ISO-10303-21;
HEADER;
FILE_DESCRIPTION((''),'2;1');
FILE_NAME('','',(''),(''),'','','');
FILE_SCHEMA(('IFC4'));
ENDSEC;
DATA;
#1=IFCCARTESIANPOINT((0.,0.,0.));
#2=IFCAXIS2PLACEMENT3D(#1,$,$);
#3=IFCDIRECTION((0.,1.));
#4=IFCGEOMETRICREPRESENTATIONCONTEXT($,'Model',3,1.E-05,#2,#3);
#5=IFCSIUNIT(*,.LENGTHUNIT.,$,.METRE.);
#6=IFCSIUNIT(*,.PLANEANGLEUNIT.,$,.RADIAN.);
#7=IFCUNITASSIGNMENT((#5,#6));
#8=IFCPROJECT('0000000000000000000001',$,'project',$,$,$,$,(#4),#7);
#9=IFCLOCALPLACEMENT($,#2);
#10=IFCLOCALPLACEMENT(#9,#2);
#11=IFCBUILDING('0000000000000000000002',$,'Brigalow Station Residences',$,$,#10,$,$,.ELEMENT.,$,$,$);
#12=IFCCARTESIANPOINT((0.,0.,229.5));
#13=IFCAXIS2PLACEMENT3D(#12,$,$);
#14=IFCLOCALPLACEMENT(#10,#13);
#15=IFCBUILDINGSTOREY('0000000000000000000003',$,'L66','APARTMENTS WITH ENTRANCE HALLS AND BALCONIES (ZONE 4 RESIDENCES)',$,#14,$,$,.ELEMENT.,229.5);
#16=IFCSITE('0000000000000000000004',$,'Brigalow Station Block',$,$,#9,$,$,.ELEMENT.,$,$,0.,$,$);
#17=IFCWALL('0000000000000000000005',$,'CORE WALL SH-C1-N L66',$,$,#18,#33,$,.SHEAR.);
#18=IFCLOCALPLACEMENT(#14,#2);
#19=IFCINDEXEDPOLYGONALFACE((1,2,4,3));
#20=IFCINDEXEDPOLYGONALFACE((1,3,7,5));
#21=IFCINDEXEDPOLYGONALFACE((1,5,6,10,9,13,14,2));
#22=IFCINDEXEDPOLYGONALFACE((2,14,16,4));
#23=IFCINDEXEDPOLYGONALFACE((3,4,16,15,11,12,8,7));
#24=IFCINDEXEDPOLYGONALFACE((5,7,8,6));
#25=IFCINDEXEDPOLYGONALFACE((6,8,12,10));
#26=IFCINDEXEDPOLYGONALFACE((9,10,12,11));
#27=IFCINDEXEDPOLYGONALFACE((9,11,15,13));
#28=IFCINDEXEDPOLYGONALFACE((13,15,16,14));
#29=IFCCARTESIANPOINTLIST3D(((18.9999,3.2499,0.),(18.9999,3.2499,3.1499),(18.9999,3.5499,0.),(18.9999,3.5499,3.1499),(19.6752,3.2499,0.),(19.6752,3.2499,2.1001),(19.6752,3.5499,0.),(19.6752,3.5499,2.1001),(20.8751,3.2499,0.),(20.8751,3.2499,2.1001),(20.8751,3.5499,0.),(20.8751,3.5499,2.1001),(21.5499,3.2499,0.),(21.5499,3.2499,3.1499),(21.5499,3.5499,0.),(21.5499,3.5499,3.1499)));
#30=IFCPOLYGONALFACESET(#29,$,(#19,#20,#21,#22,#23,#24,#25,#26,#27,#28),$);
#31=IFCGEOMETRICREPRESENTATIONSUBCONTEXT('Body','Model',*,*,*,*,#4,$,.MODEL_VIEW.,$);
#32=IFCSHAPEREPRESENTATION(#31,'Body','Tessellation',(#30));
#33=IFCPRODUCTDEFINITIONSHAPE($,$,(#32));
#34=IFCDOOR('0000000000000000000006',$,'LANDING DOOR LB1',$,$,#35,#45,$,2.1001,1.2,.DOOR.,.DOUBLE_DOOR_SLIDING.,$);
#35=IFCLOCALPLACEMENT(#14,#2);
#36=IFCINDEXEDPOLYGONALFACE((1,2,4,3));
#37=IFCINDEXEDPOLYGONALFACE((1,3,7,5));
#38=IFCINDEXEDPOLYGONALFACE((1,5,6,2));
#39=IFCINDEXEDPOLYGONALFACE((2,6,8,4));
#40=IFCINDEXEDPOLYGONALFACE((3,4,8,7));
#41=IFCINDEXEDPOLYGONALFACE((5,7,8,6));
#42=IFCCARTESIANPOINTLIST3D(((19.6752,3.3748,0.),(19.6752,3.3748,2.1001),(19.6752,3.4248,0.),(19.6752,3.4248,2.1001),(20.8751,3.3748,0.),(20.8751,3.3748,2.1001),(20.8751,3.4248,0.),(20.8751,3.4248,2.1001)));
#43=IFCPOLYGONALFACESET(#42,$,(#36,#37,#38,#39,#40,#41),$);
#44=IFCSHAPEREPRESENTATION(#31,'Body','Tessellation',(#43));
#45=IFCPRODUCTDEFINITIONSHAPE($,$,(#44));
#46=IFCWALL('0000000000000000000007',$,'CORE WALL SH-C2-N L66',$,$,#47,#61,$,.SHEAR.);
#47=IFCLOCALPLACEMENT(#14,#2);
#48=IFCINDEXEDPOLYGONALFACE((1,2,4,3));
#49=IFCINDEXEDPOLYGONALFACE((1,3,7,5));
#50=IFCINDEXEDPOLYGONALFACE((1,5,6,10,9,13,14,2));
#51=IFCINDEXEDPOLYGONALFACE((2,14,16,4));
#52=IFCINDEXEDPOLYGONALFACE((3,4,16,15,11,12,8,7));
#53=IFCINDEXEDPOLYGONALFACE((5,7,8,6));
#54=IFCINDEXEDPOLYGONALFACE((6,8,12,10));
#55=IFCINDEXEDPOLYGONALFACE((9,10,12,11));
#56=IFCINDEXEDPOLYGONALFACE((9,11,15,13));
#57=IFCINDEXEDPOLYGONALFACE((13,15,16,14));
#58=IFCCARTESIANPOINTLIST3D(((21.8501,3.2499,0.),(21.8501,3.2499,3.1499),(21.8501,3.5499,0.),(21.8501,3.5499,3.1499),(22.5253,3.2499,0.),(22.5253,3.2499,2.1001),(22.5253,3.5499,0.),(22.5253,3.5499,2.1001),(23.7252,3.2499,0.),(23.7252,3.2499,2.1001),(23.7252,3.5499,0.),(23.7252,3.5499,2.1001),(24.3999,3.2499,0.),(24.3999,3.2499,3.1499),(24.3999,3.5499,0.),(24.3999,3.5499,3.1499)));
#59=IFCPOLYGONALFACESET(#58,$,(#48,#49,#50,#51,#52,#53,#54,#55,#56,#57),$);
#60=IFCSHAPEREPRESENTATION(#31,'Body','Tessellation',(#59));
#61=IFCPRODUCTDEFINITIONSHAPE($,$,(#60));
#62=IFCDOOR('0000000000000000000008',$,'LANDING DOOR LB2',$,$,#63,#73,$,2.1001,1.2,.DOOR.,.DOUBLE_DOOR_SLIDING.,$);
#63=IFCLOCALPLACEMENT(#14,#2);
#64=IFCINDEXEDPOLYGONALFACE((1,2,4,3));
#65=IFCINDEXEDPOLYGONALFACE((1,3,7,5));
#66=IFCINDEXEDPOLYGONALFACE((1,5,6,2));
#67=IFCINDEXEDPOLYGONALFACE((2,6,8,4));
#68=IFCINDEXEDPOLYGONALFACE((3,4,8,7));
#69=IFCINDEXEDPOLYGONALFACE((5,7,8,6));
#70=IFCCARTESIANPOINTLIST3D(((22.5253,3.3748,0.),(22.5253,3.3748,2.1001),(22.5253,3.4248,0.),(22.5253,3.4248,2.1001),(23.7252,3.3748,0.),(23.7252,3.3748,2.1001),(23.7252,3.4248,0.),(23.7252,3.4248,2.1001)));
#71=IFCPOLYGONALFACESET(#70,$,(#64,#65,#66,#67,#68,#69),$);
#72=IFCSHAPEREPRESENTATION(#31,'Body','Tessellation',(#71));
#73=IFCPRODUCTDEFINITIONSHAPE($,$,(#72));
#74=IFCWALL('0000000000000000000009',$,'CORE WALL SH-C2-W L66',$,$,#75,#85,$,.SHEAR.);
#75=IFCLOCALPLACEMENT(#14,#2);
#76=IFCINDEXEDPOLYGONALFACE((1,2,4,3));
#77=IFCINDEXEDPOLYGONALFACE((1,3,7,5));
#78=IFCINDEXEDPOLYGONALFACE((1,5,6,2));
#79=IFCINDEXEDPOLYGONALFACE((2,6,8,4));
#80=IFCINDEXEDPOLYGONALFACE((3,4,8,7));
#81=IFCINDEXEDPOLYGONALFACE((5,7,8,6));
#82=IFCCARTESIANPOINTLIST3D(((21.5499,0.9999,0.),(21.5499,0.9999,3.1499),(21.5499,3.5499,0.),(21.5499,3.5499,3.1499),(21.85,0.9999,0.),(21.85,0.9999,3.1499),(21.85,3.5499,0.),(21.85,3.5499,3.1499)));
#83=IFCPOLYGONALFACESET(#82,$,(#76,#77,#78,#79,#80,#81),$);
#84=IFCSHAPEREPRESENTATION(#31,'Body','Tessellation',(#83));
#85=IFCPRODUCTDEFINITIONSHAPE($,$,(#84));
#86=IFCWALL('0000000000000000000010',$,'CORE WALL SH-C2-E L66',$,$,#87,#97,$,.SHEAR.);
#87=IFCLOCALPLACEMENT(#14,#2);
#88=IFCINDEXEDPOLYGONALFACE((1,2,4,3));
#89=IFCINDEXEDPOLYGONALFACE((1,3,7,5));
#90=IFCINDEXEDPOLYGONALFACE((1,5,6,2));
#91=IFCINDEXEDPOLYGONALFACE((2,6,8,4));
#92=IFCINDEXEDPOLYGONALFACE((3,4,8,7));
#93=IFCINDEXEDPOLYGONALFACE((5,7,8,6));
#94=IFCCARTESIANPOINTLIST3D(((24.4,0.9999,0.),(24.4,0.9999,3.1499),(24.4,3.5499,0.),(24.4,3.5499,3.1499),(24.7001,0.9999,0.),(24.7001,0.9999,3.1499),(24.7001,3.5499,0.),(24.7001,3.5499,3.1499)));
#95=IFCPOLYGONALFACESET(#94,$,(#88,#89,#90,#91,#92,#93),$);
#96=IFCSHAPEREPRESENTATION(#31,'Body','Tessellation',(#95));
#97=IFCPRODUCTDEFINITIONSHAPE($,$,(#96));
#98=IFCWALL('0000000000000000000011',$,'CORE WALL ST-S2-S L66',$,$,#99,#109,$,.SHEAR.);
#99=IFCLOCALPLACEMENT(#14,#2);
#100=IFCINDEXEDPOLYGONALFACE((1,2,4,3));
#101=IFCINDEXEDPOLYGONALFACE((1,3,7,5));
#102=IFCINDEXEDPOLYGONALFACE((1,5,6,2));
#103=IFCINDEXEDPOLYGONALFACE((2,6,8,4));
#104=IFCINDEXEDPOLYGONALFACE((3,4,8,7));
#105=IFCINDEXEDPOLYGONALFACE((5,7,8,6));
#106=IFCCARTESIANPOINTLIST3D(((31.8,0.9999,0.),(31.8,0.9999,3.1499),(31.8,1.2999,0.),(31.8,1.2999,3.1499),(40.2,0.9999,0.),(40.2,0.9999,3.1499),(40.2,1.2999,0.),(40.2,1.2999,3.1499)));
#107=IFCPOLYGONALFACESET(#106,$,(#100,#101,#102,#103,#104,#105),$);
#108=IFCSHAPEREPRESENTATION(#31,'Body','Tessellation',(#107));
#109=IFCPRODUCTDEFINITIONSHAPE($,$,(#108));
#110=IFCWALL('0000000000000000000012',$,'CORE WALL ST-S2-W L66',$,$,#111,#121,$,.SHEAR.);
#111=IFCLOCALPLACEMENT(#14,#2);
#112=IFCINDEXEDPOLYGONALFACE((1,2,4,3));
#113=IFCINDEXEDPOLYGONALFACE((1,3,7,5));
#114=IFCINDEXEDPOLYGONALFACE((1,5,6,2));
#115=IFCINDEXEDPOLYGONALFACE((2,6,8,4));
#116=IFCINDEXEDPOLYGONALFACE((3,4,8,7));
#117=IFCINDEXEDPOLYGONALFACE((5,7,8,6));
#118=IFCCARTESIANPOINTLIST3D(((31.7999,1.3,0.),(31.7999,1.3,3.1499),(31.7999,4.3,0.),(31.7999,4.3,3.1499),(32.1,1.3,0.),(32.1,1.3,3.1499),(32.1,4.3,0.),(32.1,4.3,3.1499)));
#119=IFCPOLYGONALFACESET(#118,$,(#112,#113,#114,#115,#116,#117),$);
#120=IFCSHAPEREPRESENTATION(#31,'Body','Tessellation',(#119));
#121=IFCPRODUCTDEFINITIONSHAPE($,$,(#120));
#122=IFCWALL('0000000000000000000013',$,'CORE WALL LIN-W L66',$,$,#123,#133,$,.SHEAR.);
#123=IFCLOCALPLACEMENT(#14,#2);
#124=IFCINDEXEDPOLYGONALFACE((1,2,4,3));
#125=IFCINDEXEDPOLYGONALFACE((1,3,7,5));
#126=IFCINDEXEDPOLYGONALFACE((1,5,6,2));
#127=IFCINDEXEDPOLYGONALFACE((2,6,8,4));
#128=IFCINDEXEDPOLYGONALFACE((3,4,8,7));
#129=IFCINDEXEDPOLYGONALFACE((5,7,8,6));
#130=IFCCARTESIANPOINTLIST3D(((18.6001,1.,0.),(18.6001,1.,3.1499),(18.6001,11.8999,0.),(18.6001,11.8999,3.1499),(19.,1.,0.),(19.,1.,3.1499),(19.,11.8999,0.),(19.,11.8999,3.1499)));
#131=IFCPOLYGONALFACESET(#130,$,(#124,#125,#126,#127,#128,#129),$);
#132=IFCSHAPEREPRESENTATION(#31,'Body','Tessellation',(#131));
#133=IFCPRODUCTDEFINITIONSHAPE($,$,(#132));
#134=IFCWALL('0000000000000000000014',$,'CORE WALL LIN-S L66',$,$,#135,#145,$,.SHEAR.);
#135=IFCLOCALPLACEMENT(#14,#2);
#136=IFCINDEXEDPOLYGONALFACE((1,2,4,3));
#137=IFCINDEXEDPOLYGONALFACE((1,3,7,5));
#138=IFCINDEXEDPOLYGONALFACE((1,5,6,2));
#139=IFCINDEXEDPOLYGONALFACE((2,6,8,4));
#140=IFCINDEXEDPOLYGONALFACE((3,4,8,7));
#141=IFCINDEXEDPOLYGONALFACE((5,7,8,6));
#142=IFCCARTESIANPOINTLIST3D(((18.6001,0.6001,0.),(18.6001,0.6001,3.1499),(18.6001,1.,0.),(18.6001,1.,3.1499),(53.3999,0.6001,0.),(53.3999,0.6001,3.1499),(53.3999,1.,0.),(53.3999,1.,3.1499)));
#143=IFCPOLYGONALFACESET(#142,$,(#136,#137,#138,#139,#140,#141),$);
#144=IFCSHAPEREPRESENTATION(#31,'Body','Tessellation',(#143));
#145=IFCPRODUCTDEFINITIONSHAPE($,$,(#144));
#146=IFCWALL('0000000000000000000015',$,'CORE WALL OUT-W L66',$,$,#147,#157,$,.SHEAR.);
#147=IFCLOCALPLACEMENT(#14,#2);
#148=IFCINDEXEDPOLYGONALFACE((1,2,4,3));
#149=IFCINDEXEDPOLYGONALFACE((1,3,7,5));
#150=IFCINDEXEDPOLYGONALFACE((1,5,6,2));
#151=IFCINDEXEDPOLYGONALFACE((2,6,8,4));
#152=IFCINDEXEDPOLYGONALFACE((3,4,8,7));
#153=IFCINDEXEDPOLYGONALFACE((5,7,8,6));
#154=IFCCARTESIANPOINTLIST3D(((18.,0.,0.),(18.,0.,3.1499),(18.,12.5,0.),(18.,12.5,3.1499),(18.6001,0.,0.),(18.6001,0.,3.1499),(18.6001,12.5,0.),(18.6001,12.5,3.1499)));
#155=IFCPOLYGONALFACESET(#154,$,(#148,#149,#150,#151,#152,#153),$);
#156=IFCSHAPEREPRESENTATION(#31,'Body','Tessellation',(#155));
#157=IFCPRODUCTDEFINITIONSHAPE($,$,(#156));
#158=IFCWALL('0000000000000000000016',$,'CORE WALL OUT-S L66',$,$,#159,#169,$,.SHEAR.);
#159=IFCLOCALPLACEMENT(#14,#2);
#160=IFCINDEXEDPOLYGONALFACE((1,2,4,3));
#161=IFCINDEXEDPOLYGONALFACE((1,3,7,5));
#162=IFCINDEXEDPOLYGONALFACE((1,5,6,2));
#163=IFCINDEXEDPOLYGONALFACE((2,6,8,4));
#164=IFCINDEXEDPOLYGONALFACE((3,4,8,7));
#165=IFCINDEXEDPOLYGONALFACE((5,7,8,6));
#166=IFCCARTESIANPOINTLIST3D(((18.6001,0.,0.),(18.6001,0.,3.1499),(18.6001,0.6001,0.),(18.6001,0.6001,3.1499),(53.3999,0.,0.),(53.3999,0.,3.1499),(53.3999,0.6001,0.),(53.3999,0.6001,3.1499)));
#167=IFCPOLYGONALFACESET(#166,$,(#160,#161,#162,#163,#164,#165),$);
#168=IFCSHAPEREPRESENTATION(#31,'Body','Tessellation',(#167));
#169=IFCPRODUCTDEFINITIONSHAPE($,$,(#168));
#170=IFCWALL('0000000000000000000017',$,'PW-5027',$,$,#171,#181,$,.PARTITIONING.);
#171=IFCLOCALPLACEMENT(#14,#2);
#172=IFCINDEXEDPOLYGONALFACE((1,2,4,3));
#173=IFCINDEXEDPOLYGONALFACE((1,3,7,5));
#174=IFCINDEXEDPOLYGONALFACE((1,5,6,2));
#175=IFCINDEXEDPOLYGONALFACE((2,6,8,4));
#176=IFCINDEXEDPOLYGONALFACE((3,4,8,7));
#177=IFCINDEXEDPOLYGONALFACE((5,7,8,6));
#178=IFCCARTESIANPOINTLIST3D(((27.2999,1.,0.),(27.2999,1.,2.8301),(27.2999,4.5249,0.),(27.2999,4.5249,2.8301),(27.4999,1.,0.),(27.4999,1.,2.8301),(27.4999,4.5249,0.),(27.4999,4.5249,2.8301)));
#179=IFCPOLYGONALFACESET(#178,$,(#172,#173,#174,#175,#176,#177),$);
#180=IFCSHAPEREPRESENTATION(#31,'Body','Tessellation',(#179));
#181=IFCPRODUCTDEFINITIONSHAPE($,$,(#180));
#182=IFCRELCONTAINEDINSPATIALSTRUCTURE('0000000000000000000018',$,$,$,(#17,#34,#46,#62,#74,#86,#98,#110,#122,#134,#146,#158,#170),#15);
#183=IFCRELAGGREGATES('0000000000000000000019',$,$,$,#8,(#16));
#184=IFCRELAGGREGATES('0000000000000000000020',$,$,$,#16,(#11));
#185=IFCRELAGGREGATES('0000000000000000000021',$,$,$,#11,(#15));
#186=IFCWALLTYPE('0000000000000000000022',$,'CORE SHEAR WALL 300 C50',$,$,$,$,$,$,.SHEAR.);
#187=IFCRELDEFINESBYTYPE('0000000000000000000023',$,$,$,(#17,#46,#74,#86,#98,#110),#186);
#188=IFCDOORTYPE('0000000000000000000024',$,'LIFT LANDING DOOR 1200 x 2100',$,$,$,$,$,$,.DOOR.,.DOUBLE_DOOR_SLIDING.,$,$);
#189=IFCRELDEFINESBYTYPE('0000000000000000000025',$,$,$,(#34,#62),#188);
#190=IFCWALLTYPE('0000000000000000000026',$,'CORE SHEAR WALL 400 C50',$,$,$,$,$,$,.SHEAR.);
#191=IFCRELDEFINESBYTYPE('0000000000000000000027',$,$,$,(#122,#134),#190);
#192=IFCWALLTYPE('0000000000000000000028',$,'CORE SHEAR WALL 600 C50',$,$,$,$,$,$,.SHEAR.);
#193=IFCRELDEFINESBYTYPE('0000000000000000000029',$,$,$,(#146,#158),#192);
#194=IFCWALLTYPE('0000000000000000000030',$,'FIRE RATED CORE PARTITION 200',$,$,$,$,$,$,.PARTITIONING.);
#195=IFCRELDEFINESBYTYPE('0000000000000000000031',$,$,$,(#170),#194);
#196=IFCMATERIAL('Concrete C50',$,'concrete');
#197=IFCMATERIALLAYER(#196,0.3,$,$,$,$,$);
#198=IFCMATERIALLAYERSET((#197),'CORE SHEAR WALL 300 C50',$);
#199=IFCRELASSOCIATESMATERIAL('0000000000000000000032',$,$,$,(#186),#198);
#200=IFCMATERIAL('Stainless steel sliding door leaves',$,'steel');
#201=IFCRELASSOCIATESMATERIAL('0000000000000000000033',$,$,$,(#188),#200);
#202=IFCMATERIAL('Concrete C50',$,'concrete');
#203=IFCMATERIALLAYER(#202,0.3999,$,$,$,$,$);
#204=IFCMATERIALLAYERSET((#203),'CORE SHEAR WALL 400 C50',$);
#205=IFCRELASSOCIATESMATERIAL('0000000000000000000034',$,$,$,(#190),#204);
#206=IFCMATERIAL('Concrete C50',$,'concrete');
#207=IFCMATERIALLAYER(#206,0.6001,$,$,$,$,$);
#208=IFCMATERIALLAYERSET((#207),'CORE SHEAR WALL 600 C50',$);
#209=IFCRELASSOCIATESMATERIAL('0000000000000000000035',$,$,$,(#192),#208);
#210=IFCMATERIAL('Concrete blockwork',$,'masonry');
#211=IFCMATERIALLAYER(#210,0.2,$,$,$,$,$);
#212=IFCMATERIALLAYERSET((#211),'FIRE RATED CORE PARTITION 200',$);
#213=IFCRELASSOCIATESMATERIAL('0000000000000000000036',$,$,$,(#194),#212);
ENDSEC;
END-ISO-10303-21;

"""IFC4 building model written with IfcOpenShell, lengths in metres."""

from ifc_helpers import new_model, si_unit, direction, frame, frame_2d, origin, place, context, subcontext, project, spatial, rectangle, extrude, material, layer, layer_set, type_object, element, fill, save


model = new_model("IFC4")

# Units and contexts
model_context = context("Model", 3, precision=1e-05, world=origin(), true_north=direction((0.0, 1.0)))
body_context = subcontext(model_context, "Body", "Model", "MODEL_VIEW")
ifc_project = project(units=[si_unit("LENGTHUNIT", "METRE"), si_unit("PLANEANGLEUNIT", "RADIAN")], contexts=[model_context])

# Site, building, storey
site_placement = place(None, origin())
site = spatial("IfcSite", under=ifc_project, at=site_placement, Name="Brigalow Station Block", CompositionType="ELEMENT", RefElevation=0.0)
building_placement = place(site_placement, origin())
building = spatial("IfcBuilding", under=site, at=building_placement, Name="Brigalow Station Residences", CompositionType="ELEMENT")
storey_placement = place(building_placement, frame((0.0, 0.0, 229.5)))
storey = spatial("IfcBuildingStorey", under=building, at=storey_placement, Name="L66", Description="APARTMENTS WITH ENTRANCE HALLS AND BALCONIES (ZONE 4 RESIDENCES)", CompositionType="ELEMENT", Elevation=229.5)

# Walls, openings, doors
ifc_material_1 = material(Name="Concrete C50", Category="concrete")
ifc_layer_1 = layer(ifc_material_1, 0.3)
ifc_layer_set_1 = layer_set([ifc_layer_1], Name="CORE SHEAR WALL 300 C50")
wall_type_1 = type_object("IfcWallType", Name="CORE SHEAR WALL 300 C50", PredefinedType="SHEAR", material=ifc_layer_set_1)
wall_1_placement = place(storey_placement, frame((19.0, 3.3999, 0.0), z_axis=(0.0, 0.0, 1.0), x_axis=(1.0, 0.0, 0.0)))
wall_1 = element("IfcWall", 1, at=wall_1_placement, inside=storey, type_object=wall_type_1, Name="CORE WALL SH-C1-N L66", PredefinedType="SHEAR", context=body_context, shape_type="SweptSolid", body=[
    extrude(rectangle(XDim=2.55, YDim=0.3, at=frame_2d((1.2749, 0.0))), origin(), (0.0, 0.0, 1.0), 3.1499),
])
opening_1_placement = place(wall_1_placement, frame((0.675, 0.0, 0.0)))
opening_1 = element("IfcOpeningElement", 2, at=opening_1_placement, cuts=wall_1, PredefinedType="OPENING", context=body_context, shape_type="SweptSolid", body=[
    extrude(rectangle(XDim=1.2, YDim=2.1001, at=frame_2d((0.6001, 1.05))), frame((0.0, 0.1602, 0.0), z_axis=(0.0, -1.0, 0.0), x_axis=(1.0, 0.0, 0.0)), (0.0, 0.0, 1.0), 0.3201),
])
ifc_material_2 = material(Name="Stainless steel sliding door leaves", Category="steel")
door_type = type_object("IfcDoorType", Name="LIFT LANDING DOOR 1200 x 2100", OperationType="DOUBLE_DOOR_SLIDING", PredefinedType="DOOR", material=ifc_material_2)
door_1_placement = place(opening_1_placement, origin())
door_1 = element("IfcDoor", 3, at=door_1_placement, inside=storey, type_object=door_type, Name="LANDING DOOR LB1", OperationType="DOUBLE_DOOR_SLIDING", OverallHeight=2.1001, OverallWidth=1.2, PredefinedType="DOOR", context=body_context, shape_type="SweptSolid", body=[
    extrude(rectangle(XDim=1.2, YDim=2.1001, at=frame_2d((0.6001, 1.05))), frame((0.0, 0.0249, 0.0), z_axis=(0.0, -1.0, 0.0), x_axis=(1.0, 0.0, 0.0)), (0.0, 0.0, 1.0), 0.05),
])
fill(opening_1, door_1)
wall_2_placement = place(storey_placement, frame((21.8501, 3.3999, 0.0), z_axis=(0.0, 0.0, 1.0), x_axis=(1.0, 0.0, 0.0)))
wall_2 = element("IfcWall", 4, at=wall_2_placement, inside=storey, type_object=wall_type_1, Name="CORE WALL SH-C2-N L66", PredefinedType="SHEAR", context=body_context, shape_type="SweptSolid", body=[
    extrude(rectangle(XDim=2.5498, YDim=0.3, at=frame_2d((1.2749, 0.0))), origin(), (0.0, 0.0, 1.0), 3.1499),
])
opening_2_placement = place(wall_2_placement, frame((0.675, 0.0, 0.0)))
opening_2 = element("IfcOpeningElement", 5, at=opening_2_placement, cuts=wall_2, PredefinedType="OPENING", context=body_context, shape_type="SweptSolid", body=[
    extrude(rectangle(XDim=1.2, YDim=2.1001, at=frame_2d((0.6001, 1.05))), frame((0.0, 0.1602, 0.0), z_axis=(0.0, -1.0, 0.0), x_axis=(1.0, 0.0, 0.0)), (0.0, 0.0, 1.0), 0.3201),
])
door_2_placement = place(opening_2_placement, origin())
door_2 = element("IfcDoor", 6, at=door_2_placement, inside=storey, type_object=door_type, Name="LANDING DOOR LB2", OperationType="DOUBLE_DOOR_SLIDING", OverallHeight=2.1001, OverallWidth=1.2, PredefinedType="DOOR", context=body_context, shape_type="SweptSolid", body=[
    extrude(rectangle(XDim=1.2, YDim=2.1001, at=frame_2d((0.6001, 1.05))), frame((0.0, 0.0249, 0.0), z_axis=(0.0, -1.0, 0.0), x_axis=(1.0, 0.0, 0.0)), (0.0, 0.0, 1.0), 0.05),
])
fill(opening_2, door_2)

# Walls
for number, where, z_axis, x_axis, name in (
    (7, (21.7, 1.0, 0.0), (0.0, 0.0, 1.0), (0.0, 1.0, 0.0), "CORE WALL SH-C2-W L66"),
    (8, (24.55, 1.0, 0.0), (0.0, 0.0, 1.0), (0.0, 1.0, 0.0), "CORE WALL SH-C2-E L66"),
):
    element("IfcWall", number, at=place(storey_placement, frame(where, z_axis=z_axis, x_axis=x_axis)), inside=storey, type_object=wall_type_1, Name=name, PredefinedType="SHEAR", context=body_context, shape_type="SweptSolid", body=[
        extrude(rectangle(XDim=2.55, YDim=0.3, at=frame_2d((1.2749, 0.0))), origin(), (0.0, 0.0, 1.0), 3.1499),
    ])
wall_3_placement = place(storey_placement, frame((31.8, 1.1499, 0.0), z_axis=(0.0, 0.0, 1.0), x_axis=(1.0, 0.0, 0.0)))
element("IfcWall", 9, at=wall_3_placement, inside=storey, type_object=wall_type_1, Name="CORE WALL ST-S2-S L66", PredefinedType="SHEAR", context=body_context, shape_type="SweptSolid", body=[
    extrude(rectangle(XDim=8.3999, YDim=0.3, at=frame_2d((4.2, 0.0))), origin(), (0.0, 0.0, 1.0), 3.1499),
])
wall_4_placement = place(storey_placement, frame((31.95, 1.3, 0.0), z_axis=(0.0, 0.0, 1.0), x_axis=(0.0, 1.0, 0.0)))
element("IfcWall", 10, at=wall_4_placement, inside=storey, type_object=wall_type_1, Name="CORE WALL ST-S2-W L66", PredefinedType="SHEAR", context=body_context, shape_type="SweptSolid", body=[
    extrude(rectangle(XDim=3.0, YDim=0.3, at=frame_2d((1.5, 0.0))), origin(), (0.0, 0.0, 1.0), 3.1499),
])
ifc_material_3 = material(Name="Concrete C50", Category="concrete")
ifc_layer_2 = layer(ifc_material_3, 0.3999)
ifc_layer_set_2 = layer_set([ifc_layer_2], Name="CORE SHEAR WALL 400 C50")
wall_type_2 = type_object("IfcWallType", Name="CORE SHEAR WALL 400 C50", PredefinedType="SHEAR", material=ifc_layer_set_2)
wall_5_placement = place(storey_placement, frame((18.8, 1.0, 0.0), z_axis=(0.0, 0.0, 1.0), x_axis=(0.0, 1.0, 0.0)))
element("IfcWall", 11, at=wall_5_placement, inside=storey, type_object=wall_type_2, Name="CORE WALL LIN-W L66", PredefinedType="SHEAR", context=body_context, shape_type="SweptSolid", body=[
    extrude(rectangle(XDim=10.8999, YDim=0.3999, at=frame_2d((5.45, 0.0))), origin(), (0.0, 0.0, 1.0), 3.1499),
])
wall_6_placement = place(storey_placement, frame((18.6001, 0.8, 0.0), z_axis=(0.0, 0.0, 1.0), x_axis=(1.0, 0.0, 0.0)))
element("IfcWall", 12, at=wall_6_placement, inside=storey, type_object=wall_type_2, Name="CORE WALL LIN-S L66", PredefinedType="SHEAR", context=body_context, shape_type="SweptSolid", body=[
    extrude(rectangle(XDim=34.7998, YDim=0.3999, at=frame_2d((17.3999, 0.0))), origin(), (0.0, 0.0, 1.0), 3.1499),
])
ifc_material_4 = material(Name="Concrete C50", Category="concrete")
ifc_layer_3 = layer(ifc_material_4, 0.6001)
ifc_layer_set_3 = layer_set([ifc_layer_3], Name="CORE SHEAR WALL 600 C50")
wall_type_3 = type_object("IfcWallType", Name="CORE SHEAR WALL 600 C50", PredefinedType="SHEAR", material=ifc_layer_set_3)
wall_7_placement = place(storey_placement, frame((18.3, 0.0, 0.0), z_axis=(0.0, 0.0, 1.0), x_axis=(0.0, 1.0, 0.0)))
element("IfcWall", 13, at=wall_7_placement, inside=storey, type_object=wall_type_3, Name="CORE WALL OUT-W L66", PredefinedType="SHEAR", context=body_context, shape_type="SweptSolid", body=[
    extrude(rectangle(XDim=12.5, YDim=0.6001, at=frame_2d((6.25, 0.0))), origin(), (0.0, 0.0, 1.0), 3.1499),
])
wall_8_placement = place(storey_placement, frame((18.6001, 0.3, 0.0), z_axis=(0.0, 0.0, 1.0), x_axis=(1.0, 0.0, 0.0)))
element("IfcWall", 14, at=wall_8_placement, inside=storey, type_object=wall_type_3, Name="CORE WALL OUT-S L66", PredefinedType="SHEAR", context=body_context, shape_type="SweptSolid", body=[
    extrude(rectangle(XDim=34.7998, YDim=0.6001, at=frame_2d((17.3999, 0.0))), origin(), (0.0, 0.0, 1.0), 3.1499),
])
ifc_material_5 = material(Name="Concrete blockwork", Category="masonry")
ifc_layer_4 = layer(ifc_material_5, 0.2)
ifc_layer_set_4 = layer_set([ifc_layer_4], Name="FIRE RATED CORE PARTITION 200")
wall_type_4 = type_object("IfcWallType", Name="FIRE RATED CORE PARTITION 200", PredefinedType="PARTITIONING", material=ifc_layer_set_4)
wall_9_placement = place(storey_placement, frame((27.3999, 1.0, 0.0), z_axis=(0.0, 0.0, 1.0), x_axis=(0.0, 1.0, 0.0)))
element("IfcWall", 15, at=wall_9_placement, inside=storey, type_object=wall_type_4, Name="PW-5027", PredefinedType="PARTITIONING", context=body_context, shape_type="SweptSolid", body=[
    extrude(rectangle(XDim=3.5249, YDim=0.2, at=frame_2d((1.7625, 0.0))), origin(), (0.0, 0.0, 1.0), 2.8301),
])

save(model, "model.ifc")
